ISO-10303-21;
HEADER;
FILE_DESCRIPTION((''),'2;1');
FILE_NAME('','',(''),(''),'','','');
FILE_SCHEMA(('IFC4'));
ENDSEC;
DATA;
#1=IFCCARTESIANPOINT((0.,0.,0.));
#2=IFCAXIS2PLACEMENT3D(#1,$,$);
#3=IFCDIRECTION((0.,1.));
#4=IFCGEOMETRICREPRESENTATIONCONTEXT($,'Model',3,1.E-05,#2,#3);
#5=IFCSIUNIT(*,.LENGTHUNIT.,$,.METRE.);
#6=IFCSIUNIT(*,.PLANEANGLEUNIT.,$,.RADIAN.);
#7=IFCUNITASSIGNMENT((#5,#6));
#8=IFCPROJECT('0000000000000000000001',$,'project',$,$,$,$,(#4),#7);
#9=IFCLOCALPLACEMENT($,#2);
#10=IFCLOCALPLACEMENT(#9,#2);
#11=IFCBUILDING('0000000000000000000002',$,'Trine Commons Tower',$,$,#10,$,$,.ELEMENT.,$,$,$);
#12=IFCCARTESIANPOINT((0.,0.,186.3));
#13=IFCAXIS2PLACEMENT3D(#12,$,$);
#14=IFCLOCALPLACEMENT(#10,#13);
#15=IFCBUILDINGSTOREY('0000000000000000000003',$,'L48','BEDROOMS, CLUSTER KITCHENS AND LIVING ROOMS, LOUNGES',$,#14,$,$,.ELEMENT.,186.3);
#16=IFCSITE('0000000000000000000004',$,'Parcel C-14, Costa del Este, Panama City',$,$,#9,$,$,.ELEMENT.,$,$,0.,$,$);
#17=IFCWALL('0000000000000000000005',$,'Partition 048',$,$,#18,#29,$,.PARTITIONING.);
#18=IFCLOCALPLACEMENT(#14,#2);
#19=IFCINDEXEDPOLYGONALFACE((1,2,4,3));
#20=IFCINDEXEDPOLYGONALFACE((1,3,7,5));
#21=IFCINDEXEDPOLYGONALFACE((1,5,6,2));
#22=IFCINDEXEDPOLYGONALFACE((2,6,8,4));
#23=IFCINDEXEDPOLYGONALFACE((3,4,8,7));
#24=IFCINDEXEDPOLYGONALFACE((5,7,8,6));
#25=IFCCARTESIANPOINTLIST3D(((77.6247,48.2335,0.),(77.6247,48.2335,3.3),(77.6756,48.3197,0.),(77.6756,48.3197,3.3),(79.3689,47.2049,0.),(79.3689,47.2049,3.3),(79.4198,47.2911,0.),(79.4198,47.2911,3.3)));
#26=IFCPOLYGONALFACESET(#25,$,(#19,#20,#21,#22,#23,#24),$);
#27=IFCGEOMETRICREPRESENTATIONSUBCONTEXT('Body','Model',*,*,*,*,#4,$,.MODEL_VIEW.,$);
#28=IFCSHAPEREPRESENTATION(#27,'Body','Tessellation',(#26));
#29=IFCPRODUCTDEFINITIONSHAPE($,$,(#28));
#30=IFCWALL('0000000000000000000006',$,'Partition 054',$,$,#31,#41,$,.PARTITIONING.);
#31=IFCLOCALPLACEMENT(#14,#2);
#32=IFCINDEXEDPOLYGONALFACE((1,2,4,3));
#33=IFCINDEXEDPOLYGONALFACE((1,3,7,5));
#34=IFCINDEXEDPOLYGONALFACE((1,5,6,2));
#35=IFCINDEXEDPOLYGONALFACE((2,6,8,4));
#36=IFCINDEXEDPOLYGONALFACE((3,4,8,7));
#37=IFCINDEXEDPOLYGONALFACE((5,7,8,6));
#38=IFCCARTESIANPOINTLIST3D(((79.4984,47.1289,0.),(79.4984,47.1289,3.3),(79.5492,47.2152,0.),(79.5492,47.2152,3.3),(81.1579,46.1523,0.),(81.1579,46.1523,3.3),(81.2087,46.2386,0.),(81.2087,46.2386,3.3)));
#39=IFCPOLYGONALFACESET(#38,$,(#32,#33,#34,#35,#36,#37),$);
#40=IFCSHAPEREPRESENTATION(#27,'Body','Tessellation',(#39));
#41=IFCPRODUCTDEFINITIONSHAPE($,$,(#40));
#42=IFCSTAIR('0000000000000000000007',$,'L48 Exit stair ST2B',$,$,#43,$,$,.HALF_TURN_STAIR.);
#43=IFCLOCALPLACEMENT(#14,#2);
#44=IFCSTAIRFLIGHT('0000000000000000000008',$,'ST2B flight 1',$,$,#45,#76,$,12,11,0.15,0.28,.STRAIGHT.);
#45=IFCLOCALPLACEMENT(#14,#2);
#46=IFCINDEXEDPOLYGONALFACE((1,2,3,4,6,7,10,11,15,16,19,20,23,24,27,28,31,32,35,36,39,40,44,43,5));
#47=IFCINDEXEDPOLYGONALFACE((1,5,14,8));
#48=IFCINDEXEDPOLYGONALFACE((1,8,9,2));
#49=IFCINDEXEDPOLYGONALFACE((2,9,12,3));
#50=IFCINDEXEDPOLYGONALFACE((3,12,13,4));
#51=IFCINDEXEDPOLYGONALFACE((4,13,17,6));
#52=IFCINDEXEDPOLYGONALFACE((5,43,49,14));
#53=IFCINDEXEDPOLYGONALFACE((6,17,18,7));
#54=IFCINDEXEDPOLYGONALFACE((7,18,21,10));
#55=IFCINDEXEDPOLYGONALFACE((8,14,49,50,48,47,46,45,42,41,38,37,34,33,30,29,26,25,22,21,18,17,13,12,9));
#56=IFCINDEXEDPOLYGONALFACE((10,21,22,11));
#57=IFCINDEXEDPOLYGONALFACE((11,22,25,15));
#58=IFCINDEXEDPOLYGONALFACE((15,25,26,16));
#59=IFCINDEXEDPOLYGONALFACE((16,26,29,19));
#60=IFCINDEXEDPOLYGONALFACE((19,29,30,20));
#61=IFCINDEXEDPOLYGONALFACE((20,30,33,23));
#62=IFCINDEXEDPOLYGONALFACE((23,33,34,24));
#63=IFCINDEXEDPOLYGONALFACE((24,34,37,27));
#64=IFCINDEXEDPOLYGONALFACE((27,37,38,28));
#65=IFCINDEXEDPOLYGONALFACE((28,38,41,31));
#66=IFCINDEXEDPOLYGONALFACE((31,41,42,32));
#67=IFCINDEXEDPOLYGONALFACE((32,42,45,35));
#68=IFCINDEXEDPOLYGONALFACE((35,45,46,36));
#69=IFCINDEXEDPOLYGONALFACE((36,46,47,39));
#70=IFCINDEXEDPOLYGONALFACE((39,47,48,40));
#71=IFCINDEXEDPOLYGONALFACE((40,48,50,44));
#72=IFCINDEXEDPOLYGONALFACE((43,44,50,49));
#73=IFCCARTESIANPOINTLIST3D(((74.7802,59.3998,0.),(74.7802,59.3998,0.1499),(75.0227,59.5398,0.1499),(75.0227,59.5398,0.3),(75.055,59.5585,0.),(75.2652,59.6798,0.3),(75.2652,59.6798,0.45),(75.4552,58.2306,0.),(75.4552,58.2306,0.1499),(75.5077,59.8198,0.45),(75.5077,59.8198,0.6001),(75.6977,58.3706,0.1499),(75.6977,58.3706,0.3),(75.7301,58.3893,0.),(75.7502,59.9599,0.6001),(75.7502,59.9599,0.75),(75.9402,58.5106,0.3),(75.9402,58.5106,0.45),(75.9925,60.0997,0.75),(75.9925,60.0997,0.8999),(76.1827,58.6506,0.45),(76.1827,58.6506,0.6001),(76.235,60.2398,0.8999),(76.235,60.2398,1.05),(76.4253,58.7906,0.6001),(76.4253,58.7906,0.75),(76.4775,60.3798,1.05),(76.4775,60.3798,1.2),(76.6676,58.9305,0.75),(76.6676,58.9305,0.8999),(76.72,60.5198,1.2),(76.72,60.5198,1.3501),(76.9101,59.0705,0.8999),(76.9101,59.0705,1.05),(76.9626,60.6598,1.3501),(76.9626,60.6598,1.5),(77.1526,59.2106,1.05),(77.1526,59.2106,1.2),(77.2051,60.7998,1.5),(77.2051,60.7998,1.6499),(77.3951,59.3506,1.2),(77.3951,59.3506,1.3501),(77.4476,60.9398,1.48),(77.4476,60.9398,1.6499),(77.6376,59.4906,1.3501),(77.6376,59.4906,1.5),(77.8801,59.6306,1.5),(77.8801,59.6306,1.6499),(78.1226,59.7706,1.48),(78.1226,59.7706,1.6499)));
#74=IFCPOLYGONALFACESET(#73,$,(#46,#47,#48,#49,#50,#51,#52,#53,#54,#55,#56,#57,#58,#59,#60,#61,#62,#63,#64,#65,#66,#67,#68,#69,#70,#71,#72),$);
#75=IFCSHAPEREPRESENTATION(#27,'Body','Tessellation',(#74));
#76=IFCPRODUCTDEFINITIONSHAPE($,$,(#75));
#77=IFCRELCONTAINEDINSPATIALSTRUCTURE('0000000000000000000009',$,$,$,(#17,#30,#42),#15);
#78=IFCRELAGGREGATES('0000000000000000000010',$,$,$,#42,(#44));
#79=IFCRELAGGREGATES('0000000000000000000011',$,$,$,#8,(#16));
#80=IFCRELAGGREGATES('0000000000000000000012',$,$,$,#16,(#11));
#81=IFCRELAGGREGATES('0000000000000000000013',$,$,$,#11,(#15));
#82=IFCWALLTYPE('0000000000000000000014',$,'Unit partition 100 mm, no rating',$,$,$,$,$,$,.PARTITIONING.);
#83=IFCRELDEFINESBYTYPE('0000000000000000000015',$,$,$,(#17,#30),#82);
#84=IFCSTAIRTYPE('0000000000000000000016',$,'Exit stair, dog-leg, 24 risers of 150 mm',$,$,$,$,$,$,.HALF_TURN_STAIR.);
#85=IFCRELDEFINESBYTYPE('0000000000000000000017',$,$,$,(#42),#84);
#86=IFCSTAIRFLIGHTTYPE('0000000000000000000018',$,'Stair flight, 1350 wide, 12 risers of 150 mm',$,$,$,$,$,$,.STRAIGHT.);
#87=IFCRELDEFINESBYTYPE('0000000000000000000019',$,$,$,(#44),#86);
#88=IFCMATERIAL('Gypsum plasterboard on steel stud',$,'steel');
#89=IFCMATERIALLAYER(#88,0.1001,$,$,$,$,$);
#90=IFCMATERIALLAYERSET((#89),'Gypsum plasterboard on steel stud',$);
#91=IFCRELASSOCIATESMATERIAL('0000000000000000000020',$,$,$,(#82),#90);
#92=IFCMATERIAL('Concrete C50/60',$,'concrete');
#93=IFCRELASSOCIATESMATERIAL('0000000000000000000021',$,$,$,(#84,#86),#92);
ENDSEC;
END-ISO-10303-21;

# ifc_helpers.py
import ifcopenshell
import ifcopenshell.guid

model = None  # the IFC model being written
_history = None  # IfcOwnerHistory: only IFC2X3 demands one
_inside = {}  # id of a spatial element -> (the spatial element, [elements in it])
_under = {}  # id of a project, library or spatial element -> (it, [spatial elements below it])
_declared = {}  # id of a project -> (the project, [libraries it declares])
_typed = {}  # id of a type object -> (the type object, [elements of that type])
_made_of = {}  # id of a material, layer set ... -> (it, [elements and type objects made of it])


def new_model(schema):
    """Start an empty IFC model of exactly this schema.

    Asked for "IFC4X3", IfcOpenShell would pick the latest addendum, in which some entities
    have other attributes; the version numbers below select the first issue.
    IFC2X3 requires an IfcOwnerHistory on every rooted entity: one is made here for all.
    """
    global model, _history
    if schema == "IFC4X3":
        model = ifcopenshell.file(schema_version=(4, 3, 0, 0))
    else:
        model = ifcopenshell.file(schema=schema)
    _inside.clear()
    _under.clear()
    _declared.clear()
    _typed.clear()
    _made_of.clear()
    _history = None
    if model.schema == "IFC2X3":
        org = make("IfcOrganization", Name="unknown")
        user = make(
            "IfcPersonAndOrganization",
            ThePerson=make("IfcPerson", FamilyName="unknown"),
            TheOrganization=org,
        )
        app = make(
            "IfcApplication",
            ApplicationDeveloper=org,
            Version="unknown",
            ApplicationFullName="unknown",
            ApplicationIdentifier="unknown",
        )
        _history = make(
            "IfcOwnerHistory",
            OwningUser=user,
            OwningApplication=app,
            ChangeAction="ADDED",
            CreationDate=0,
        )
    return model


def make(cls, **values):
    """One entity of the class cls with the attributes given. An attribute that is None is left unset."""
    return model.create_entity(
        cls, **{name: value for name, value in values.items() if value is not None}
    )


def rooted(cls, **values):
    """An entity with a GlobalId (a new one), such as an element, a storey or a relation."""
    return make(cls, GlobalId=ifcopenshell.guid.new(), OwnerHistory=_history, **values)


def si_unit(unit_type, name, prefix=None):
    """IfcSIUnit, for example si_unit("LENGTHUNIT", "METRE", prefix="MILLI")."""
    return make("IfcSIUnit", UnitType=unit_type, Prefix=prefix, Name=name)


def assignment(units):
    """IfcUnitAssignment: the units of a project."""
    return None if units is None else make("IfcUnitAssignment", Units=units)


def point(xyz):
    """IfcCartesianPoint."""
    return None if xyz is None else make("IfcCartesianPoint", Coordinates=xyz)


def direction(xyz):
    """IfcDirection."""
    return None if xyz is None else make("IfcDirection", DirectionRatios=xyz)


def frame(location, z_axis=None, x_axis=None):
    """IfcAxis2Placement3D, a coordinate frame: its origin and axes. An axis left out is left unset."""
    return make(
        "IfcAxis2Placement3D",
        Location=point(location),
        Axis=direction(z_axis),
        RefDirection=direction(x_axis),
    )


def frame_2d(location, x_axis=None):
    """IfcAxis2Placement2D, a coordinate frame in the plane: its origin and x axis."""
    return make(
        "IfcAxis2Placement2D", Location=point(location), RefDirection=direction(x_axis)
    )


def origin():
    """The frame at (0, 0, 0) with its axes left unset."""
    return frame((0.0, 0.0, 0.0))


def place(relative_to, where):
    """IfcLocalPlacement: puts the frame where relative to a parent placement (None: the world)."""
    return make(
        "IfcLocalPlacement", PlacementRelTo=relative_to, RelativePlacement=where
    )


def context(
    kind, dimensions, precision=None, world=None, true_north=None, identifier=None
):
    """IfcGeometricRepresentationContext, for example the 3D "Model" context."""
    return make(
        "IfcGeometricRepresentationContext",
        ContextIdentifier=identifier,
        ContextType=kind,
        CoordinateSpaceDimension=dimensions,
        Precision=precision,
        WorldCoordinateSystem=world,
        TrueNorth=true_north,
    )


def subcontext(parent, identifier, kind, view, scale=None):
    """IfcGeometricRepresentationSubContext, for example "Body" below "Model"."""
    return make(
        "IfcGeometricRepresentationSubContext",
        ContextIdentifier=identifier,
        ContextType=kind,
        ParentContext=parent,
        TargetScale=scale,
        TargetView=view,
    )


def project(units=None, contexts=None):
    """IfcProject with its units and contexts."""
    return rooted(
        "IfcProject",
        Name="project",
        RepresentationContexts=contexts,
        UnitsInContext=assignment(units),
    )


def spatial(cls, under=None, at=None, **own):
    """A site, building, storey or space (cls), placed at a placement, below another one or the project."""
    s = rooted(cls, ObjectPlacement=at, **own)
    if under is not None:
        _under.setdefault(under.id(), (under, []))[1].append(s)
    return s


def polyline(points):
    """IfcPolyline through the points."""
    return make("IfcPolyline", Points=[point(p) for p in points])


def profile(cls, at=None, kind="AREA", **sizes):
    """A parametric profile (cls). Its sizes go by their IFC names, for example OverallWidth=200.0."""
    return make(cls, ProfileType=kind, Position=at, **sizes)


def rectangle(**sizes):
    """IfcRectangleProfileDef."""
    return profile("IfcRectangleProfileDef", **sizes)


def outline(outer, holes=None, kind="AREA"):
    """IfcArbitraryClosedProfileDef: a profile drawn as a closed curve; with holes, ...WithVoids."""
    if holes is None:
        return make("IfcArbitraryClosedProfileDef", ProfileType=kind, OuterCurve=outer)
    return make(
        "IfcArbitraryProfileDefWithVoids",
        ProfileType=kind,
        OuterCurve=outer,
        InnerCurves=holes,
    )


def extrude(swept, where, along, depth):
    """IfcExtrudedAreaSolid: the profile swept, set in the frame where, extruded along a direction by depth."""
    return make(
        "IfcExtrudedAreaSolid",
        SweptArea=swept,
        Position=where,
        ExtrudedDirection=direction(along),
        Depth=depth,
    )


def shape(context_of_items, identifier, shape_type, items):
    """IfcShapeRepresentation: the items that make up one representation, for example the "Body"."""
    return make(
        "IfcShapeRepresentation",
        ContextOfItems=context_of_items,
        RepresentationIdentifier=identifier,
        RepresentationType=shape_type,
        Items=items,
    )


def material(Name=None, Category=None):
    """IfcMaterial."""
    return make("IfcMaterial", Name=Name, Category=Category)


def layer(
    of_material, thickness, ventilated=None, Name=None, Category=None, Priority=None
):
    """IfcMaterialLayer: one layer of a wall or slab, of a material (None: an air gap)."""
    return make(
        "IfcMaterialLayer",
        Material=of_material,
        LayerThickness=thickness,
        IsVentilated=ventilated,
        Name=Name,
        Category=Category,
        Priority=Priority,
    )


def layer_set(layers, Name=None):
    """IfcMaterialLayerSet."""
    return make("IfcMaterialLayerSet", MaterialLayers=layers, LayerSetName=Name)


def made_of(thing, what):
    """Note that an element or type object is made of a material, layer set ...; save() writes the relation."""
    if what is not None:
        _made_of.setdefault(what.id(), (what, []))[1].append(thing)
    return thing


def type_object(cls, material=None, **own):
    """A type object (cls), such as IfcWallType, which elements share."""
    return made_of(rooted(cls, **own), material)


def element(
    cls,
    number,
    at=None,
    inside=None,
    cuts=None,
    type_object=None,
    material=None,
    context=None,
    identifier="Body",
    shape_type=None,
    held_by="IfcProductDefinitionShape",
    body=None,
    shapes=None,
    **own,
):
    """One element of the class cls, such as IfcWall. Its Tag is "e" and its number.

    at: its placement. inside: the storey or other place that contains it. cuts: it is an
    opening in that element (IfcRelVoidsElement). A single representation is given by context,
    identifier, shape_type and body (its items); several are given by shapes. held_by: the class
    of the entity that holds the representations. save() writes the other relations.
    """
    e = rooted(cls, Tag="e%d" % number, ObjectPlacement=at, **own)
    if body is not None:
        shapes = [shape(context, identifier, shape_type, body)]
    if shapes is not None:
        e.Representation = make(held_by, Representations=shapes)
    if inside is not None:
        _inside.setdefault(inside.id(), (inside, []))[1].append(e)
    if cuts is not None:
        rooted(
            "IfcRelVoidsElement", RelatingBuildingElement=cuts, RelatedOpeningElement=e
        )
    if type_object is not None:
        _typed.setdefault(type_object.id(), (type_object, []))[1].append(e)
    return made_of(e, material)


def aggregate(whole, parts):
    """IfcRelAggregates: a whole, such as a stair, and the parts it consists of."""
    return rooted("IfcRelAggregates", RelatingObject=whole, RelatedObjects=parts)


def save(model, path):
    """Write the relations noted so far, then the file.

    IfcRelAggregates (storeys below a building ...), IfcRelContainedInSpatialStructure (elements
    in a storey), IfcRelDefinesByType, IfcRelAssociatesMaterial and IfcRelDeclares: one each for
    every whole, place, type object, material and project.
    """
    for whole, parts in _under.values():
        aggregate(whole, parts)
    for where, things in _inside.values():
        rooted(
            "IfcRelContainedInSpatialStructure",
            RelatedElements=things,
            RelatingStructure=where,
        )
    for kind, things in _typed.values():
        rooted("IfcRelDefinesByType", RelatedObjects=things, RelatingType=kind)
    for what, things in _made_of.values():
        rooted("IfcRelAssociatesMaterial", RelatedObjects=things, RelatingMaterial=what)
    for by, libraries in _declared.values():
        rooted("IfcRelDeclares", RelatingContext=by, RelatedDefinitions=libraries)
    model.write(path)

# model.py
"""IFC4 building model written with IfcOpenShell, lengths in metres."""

from ifc_helpers import new_model, si_unit, direction, frame, frame_2d, origin, place, context, subcontext, project, spatial, polyline, rectangle, outline, extrude, material, layer, layer_set, type_object, element, aggregate, save


model = new_model("IFC4")

# Units and contexts
model_context = context("Model", 3, precision=1e-05, world=origin(), true_north=direction((0.0, 1.0)))
body_context = subcontext(model_context, "Body", "Model", "MODEL_VIEW")
ifc_project = project(units=[si_unit("LENGTHUNIT", "METRE"), si_unit("PLANEANGLEUNIT", "RADIAN")], contexts=[model_context])

# Site, building, storey
site_placement = place(None, origin())
site = spatial("IfcSite", under=ifc_project, at=site_placement, Name="Parcel C-14, Costa del Este, Panama City", CompositionType="ELEMENT", RefElevation=0.0)
building_placement = place(site_placement, origin())
building = spatial("IfcBuilding", under=site, at=building_placement, Name="Trine Commons Tower", CompositionType="ELEMENT")
storey_placement = place(building_placement, frame((0.0, 0.0, 186.3)))
storey = spatial("IfcBuildingStorey", under=building, at=storey_placement, Name="L48", Description="BEDROOMS, CLUSTER KITCHENS AND LIVING ROOMS, LOUNGES", CompositionType="ELEMENT", Elevation=186.3)

# Shared definitions
ifc_material_1 = material(Name="Gypsum plasterboard on steel stud", Category="steel")

# Shared definitions
ifc_layer_1 = layer(ifc_material_1, 0.1001)
ifc_layer_set_1 = layer_set([ifc_layer_1], Name="Gypsum plasterboard on steel stud")
wall_type_1 = type_object("IfcWallType", Name="Unit partition 100 mm, no rating", PredefinedType="PARTITIONING", material=ifc_layer_set_1)

# Walls
wall_1_placement = place(storey_placement, frame((77.6501, 48.2766, 0.0), z_axis=(0.0, 0.0, 1.0), x_axis=(0.861373, -0.507974, 0.0)))
element("IfcWall", 1, at=wall_1_placement, inside=storey, type_object=wall_type_1, Name="Partition 048", PredefinedType="PARTITIONING", context=body_context, shape_type="SweptSolid", body=[
    extrude(rectangle(XDim=2.0249, YDim=0.1001, at=frame_2d((1.0125, 0.0))), origin(), (0.0, 0.0, 1.0), 3.3),
])
wall_2_placement = place(storey_placement, frame((79.5237, 47.1721, 0.0), z_axis=(0.0, 0.0, 1.0), x_axis=(0.861836, -0.507186, 0.0)))
element("IfcWall", 2, at=wall_2_placement, inside=storey, type_object=wall_type_1, Name="Partition 054", PredefinedType="PARTITIONING", context=body_context, shape_type="SweptSolid", body=[
    extrude(rectangle(XDim=1.9255, YDim=0.1001, at=frame_2d((0.9629, 0.0))), origin(), (0.0, 0.0, 1.0), 3.3),
])

# Stair, stair flight
ifc_material_2 = material(Name="Concrete C50/60", Category="concrete")
stair_type = type_object("IfcStairType", Name="Exit stair, dog-leg, 24 risers of 150 mm", PredefinedType="HALF_TURN_STAIR", material=ifc_material_2)
stair_placement = place(storey_placement, origin())
stair = element("IfcStair", 3, at=stair_placement, inside=storey, type_object=stair_type, Name="L48 Exit stair ST2B", PredefinedType="HALF_TURN_STAIR")
stair_flight_type = type_object("IfcStairFlightType", Name="Stair flight, 1350 wide, 12 risers of 150 mm", PredefinedType="STRAIGHT", material=ifc_material_2)
stair_flight_placement = place(storey_placement, frame((75.1177, 58.8152, 0.0), z_axis=(0.0, 0.0, 1.0), x_axis=(0.866025, 0.5, 0.0)))
stair_flight = element("IfcStairFlight", 4, at=stair_flight_placement, type_object=stair_flight_type, Name="ST2B flight 1", NumberOfRisers=12, NumberOfTreads=11, PredefinedType="STRAIGHT", RiserHeight=0.15, TreadLength=0.28, context=body_context, shape_type="SweptSolid", body=[
    extrude(outline(polyline([(0.0, 0.0), (0.0, 0.1499), (0.28, 0.1499), (0.28, 0.3), (0.5601, 0.3), (0.5601, 0.45), (0.8401, 0.45), (0.8401, 0.6001), (1.1201, 0.6001), (1.1201, 0.75), (1.3999, 0.75), (1.3999, 0.8999), (1.6799, 0.8999), (1.6799, 1.05), (1.96, 1.05), (1.96, 1.2), (2.24, 1.2), (2.24, 1.3501), (2.52, 1.3501), (2.52, 1.5), (2.8, 1.5), (2.8, 1.6499), (3.0801, 1.6499), (3.0801, 1.8), (3.0801, 1.48), (0.3174, 0.0), (0.0, 0.0)])), frame((0.0, 0.675, 0.0), z_axis=(0.0, -1.0, 0.0), x_axis=(1.0, 0.0, 0.0)), (0.0, 0.0, 1.0), 1.3501),
])
aggregate(stair, [stair_flight])

save(model, "model.ifc")
